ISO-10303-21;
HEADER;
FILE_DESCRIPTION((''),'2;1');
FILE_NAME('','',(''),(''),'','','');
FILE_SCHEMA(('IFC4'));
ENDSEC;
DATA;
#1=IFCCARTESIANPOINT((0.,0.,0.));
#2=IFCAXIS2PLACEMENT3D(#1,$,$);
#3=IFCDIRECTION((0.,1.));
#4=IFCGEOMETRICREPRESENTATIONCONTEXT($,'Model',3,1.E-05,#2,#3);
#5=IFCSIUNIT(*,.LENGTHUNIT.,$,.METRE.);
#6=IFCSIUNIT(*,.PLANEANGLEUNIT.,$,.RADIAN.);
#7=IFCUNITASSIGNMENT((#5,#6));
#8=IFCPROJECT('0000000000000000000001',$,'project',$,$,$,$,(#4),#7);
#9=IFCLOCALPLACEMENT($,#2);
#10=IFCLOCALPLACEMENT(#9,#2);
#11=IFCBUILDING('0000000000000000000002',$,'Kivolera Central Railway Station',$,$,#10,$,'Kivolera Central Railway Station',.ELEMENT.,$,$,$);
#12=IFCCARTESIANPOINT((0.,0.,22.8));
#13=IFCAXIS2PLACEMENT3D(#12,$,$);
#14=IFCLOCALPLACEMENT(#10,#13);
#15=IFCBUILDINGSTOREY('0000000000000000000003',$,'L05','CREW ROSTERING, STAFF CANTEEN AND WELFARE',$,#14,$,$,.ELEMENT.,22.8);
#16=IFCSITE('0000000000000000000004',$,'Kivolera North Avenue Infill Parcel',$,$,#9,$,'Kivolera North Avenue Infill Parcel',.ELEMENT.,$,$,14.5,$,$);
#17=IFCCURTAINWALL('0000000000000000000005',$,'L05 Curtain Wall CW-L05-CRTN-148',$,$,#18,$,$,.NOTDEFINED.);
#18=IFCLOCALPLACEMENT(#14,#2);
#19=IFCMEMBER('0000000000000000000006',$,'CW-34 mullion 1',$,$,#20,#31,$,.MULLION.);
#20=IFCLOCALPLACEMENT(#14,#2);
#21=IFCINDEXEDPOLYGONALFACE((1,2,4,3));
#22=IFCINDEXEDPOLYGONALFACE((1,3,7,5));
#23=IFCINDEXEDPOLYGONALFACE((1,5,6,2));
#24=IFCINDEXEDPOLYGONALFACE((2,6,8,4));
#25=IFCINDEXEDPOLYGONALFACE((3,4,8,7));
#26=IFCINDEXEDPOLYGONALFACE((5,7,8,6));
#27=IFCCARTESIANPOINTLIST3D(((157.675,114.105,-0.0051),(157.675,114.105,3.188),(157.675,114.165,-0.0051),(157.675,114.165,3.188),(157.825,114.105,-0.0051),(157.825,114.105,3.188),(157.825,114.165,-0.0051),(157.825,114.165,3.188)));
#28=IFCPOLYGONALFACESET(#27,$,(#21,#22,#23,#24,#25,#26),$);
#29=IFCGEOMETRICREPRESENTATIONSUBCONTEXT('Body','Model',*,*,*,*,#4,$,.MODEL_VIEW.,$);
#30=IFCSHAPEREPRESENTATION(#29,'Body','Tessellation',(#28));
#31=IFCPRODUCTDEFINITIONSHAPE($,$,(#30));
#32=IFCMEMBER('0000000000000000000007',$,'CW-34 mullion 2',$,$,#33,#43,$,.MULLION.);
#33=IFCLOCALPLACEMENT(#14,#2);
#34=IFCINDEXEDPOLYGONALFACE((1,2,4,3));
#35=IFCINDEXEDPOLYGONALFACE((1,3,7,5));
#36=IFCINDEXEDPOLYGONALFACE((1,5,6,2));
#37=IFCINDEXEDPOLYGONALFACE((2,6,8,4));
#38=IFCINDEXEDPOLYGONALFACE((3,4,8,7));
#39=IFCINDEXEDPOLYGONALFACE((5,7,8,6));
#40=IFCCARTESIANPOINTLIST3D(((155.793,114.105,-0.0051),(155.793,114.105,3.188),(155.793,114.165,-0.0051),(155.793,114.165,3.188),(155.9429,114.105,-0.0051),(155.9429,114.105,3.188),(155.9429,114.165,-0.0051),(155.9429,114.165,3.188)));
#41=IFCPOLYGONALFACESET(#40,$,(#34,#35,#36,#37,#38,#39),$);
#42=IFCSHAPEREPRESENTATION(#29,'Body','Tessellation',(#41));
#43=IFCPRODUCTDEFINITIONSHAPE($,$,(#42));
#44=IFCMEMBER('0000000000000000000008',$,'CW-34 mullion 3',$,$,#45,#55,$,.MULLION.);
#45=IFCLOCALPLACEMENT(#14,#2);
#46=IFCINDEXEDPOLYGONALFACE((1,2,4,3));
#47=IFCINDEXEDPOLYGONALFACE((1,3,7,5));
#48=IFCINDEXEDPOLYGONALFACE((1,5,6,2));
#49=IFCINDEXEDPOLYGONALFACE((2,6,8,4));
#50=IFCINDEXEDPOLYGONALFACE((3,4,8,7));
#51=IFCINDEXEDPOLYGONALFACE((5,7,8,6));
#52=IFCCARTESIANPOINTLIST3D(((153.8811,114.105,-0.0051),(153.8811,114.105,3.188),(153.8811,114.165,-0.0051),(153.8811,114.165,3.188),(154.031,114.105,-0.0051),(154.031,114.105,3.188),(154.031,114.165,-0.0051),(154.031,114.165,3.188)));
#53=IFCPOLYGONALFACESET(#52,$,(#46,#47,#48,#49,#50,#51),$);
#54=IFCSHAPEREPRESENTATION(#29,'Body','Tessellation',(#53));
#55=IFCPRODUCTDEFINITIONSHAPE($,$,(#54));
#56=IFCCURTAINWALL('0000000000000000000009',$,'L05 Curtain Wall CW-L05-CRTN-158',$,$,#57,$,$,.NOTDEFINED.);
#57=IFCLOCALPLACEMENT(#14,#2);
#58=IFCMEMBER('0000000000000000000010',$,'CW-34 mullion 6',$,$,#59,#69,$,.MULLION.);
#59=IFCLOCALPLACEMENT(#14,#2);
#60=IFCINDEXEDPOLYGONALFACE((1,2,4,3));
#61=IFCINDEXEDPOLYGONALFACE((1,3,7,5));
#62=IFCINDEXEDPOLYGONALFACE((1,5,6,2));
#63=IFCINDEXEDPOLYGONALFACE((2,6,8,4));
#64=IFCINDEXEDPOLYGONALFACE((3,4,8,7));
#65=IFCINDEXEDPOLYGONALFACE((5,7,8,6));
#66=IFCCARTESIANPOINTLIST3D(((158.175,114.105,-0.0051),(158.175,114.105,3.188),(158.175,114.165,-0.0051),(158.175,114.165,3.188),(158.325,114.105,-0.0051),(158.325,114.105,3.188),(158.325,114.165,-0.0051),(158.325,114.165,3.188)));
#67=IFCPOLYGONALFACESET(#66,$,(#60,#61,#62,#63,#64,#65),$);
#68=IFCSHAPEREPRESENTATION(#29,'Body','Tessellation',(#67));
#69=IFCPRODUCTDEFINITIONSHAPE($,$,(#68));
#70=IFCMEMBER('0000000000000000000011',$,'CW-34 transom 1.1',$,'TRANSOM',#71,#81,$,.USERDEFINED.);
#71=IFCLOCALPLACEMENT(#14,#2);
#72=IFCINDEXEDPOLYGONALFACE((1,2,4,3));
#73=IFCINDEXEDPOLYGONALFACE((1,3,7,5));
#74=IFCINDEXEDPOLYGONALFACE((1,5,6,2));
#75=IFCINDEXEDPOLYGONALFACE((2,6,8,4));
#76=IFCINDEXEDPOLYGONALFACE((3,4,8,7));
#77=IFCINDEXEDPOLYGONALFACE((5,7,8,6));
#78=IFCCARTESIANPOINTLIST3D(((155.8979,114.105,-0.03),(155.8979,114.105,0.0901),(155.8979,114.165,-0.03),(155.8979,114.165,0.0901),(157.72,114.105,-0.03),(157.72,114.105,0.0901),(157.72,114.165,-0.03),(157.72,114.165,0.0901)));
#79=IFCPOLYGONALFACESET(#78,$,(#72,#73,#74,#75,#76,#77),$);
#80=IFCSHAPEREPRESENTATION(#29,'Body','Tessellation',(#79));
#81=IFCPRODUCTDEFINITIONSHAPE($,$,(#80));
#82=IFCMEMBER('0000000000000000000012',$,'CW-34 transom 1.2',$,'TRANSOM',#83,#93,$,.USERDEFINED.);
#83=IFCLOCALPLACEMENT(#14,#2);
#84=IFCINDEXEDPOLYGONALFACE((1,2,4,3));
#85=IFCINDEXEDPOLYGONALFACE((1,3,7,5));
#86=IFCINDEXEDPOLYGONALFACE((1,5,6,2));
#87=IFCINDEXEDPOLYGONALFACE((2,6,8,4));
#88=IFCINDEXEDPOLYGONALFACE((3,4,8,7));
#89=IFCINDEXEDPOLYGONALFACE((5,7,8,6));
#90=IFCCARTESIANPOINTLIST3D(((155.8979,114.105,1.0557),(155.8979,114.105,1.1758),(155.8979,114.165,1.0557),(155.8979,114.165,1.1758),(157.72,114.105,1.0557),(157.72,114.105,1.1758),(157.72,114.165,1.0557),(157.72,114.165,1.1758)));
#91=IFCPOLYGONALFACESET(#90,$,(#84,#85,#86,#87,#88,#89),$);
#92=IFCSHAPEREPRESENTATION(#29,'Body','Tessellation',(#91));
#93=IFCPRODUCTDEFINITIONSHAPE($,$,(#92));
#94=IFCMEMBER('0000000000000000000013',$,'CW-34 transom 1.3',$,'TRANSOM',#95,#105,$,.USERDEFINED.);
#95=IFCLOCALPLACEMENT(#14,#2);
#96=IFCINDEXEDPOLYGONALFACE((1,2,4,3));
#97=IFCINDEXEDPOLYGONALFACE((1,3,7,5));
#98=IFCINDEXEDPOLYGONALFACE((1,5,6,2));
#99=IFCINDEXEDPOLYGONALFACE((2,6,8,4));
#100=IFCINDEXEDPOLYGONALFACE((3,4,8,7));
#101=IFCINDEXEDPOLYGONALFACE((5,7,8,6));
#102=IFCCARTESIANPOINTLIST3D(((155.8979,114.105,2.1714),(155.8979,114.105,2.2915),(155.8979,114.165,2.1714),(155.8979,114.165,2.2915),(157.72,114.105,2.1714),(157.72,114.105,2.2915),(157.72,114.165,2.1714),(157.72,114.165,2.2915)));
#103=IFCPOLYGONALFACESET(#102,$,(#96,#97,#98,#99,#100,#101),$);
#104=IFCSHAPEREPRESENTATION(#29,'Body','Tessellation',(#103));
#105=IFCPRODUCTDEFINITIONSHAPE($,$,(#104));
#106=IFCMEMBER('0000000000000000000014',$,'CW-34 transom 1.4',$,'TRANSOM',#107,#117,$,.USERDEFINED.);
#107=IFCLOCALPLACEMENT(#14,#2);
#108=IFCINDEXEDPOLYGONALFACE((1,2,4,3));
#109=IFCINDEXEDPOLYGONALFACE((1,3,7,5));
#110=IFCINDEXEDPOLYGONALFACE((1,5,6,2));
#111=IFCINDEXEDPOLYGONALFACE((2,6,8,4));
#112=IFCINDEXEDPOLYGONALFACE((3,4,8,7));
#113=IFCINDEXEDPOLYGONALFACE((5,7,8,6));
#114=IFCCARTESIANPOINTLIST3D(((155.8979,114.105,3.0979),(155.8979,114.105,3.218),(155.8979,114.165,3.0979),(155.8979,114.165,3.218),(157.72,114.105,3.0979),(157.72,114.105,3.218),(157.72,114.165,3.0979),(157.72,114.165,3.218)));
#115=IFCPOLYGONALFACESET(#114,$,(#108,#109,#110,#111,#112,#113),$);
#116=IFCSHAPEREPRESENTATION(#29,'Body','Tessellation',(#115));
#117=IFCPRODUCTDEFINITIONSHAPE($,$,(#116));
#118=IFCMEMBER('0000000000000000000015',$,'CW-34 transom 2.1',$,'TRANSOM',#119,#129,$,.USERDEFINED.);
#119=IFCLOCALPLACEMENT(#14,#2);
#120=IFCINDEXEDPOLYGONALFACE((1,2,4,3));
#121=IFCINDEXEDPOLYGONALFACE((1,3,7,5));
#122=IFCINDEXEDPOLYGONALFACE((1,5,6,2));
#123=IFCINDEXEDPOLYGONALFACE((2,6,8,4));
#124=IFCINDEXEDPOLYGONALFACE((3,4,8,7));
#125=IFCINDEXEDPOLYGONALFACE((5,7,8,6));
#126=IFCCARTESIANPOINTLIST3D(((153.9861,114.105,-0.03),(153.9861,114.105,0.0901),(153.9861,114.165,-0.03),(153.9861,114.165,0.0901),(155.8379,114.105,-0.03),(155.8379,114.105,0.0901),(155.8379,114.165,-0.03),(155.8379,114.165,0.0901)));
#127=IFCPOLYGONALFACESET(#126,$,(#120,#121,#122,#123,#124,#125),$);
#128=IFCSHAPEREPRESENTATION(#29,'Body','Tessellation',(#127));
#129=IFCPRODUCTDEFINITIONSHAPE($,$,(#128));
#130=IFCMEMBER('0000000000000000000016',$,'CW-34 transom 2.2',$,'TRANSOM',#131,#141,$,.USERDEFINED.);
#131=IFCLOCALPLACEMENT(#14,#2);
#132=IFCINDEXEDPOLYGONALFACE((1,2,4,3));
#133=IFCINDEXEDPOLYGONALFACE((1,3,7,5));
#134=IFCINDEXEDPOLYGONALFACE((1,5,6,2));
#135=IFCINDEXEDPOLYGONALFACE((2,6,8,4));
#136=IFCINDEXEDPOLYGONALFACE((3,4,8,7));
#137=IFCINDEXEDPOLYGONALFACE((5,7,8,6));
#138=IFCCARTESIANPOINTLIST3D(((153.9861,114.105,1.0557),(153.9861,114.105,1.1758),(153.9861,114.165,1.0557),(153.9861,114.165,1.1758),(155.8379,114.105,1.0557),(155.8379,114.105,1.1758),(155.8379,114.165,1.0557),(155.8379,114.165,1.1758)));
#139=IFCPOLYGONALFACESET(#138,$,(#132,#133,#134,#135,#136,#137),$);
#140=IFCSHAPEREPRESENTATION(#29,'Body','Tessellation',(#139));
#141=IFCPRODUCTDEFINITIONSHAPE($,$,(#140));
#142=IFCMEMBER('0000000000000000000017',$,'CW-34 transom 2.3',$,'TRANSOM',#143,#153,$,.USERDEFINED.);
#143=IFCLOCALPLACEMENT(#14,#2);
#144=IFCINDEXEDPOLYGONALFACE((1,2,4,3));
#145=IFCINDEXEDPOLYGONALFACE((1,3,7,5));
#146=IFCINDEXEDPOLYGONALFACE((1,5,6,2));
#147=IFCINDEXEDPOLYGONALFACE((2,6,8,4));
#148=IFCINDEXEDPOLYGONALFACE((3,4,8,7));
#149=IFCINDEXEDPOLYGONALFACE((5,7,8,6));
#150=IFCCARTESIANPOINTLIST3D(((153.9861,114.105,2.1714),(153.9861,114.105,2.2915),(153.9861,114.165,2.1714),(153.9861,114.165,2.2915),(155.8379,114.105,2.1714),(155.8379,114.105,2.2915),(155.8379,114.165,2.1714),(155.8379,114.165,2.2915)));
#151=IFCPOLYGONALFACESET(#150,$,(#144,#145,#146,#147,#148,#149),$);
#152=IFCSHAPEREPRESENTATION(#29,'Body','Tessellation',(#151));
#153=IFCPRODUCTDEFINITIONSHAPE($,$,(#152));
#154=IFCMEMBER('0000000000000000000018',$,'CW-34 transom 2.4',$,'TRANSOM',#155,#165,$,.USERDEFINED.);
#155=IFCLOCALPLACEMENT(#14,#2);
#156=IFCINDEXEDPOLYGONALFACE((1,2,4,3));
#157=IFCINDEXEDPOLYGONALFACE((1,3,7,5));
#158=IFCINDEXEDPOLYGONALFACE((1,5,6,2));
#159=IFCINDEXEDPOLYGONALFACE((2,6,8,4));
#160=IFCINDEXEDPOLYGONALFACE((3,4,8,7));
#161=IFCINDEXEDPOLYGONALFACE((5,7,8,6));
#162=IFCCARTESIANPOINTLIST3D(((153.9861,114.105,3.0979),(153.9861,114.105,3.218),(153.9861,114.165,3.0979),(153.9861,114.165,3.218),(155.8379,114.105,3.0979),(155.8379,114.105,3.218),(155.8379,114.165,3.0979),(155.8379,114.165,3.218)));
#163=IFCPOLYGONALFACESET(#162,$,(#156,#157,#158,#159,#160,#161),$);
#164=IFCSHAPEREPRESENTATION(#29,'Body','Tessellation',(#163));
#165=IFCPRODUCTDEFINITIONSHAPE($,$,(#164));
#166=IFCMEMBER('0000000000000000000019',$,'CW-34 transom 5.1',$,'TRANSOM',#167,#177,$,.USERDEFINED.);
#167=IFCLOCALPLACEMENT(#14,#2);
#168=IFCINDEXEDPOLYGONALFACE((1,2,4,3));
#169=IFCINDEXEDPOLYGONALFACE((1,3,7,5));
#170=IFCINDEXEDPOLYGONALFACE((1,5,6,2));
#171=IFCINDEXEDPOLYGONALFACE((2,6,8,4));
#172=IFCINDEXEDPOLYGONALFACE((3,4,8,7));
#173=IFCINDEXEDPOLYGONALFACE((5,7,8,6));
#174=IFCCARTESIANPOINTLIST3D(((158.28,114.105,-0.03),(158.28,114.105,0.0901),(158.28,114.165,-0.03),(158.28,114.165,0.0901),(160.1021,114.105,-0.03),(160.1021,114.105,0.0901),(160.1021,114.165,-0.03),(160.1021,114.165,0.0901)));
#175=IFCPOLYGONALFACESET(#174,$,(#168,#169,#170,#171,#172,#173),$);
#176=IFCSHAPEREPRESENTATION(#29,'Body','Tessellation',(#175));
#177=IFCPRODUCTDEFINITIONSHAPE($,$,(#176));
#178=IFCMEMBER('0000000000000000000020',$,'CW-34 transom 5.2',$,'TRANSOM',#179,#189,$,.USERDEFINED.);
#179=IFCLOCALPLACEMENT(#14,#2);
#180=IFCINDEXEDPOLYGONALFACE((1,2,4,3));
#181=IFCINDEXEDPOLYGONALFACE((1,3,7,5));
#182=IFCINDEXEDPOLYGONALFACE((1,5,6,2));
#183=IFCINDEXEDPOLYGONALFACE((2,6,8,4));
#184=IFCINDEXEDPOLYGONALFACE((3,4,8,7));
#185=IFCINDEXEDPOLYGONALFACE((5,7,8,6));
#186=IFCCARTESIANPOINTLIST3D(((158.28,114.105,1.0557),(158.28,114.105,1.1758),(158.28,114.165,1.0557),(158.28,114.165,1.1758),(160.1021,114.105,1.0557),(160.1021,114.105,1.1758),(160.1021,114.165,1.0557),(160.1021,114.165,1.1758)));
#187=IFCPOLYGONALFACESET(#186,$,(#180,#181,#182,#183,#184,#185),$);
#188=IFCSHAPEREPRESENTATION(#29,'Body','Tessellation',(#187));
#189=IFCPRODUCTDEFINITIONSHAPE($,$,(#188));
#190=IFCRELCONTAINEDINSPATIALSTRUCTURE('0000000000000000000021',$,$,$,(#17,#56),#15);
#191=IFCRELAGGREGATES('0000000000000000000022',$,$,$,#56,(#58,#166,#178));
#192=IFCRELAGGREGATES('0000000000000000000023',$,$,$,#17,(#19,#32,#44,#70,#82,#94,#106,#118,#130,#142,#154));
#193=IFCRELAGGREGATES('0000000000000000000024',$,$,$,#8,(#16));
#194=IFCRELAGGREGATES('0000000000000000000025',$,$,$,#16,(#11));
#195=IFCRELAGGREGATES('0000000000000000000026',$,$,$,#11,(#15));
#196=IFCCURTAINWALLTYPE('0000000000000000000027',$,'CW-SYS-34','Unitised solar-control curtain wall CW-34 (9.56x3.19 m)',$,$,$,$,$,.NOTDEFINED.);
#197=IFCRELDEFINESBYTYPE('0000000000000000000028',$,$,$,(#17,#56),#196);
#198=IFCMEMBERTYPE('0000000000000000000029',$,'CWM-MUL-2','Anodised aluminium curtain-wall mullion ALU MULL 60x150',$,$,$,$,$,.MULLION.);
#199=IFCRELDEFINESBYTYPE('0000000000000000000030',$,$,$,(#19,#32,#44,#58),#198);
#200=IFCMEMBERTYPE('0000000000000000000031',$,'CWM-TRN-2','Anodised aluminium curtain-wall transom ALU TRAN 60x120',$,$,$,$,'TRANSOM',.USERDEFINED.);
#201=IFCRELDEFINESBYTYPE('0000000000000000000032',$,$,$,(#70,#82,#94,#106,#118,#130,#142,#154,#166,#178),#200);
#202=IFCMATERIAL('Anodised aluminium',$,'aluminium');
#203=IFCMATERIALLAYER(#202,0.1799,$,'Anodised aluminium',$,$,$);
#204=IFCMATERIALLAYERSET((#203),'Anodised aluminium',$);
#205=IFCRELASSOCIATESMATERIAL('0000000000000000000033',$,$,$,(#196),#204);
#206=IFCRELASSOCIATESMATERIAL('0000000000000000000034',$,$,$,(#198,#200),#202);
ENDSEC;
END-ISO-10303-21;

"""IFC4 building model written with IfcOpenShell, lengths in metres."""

from ifc_helpers import new_model, si_unit, direction, frame, origin, origin_2d, place, context, subcontext, project, spatial, rectangle, extrude, material, layer, layer_set, material_profile, profile_set, type_object, element, aggregate, save


model = new_model("IFC4")

# Units and contexts
model_context = context("Model", 3, precision=1e-05, world=origin(), true_north=direction((0.0, 1.0)))
body_context = subcontext(model_context, "Body", "Model", "MODEL_VIEW")
ifc_project = project(units=[si_unit("LENGTHUNIT", "METRE"), si_unit("PLANEANGLEUNIT", "RADIAN")], contexts=[model_context])

# Site, building, storey
site_placement = place(None, origin())
site = spatial("IfcSite", under=ifc_project, at=site_placement, Name="Kivolera North Avenue Infill Parcel", LongName="Kivolera North Avenue Infill Parcel", CompositionType="ELEMENT", RefElevation=14.5)
building_placement = place(site_placement, origin())
building = spatial("IfcBuilding", under=site, at=building_placement, Name="Kivolera Central Railway Station", LongName="Kivolera Central Railway Station", CompositionType="ELEMENT")
storey_placement = place(building_placement, frame((0.0, 0.0, 22.8)))
storey = spatial("IfcBuildingStorey", under=building, at=storey_placement, Name="L05", Description="CREW ROSTERING, STAFF CANTEEN AND WELFARE", CompositionType="ELEMENT", Elevation=22.8)

# Curtain wall, members
ifc_material_1 = material(Name="Anodised aluminium", Category="aluminium")
ifc_layer_1 = layer(ifc_material_1, 0.1799, Name="Anodised aluminium")
ifc_layer_set_1 = layer_set([ifc_layer_1], Name="Anodised aluminium")
curtain_wall_type = type_object("IfcCurtainWallType", Name="CW-SYS-34", Description="Unitised solar-control curtain wall CW-34 (9.56x3.19 m)", PredefinedType="NOTDEFINED", material=ifc_layer_set_1)
curtain_wall_1_placement = place(storey_placement, origin())
curtain_wall_1 = element("IfcCurtainWall", 1, at=curtain_wall_1_placement, inside=storey, type_object=curtain_wall_type, Name="L05 Curtain Wall CW-L05-CRTN-148", PredefinedType="NOTDEFINED")
ifc_material_profile_1 = material_profile(ifc_material_1, rectangle(XDim=0.0601, YDim=0.1499, at=origin_2d()), Name="ALU MULL 60x150")
ifc_profile_set_1 = profile_set([ifc_material_profile_1], Name="Anodised aluminium")
member_type_1 = type_object("IfcMemberType", Name="CWM-MUL-2", Description="Anodised aluminium curtain-wall mullion ALU MULL 60x150", PredefinedType="MULLION", material=ifc_profile_set_1)
member_1_placement = place(storey_placement, frame((157.75, 114.135, -0.0051), z_axis=(0.0, 0.0, 1.0), x_axis=(0.0, -1.0, 0.0)))
member_1 = element("IfcMember", 2, at=member_1_placement, type_object=member_type_1, Name="CW-34 mullion 1", PredefinedType="MULLION", context=body_context, shape_type="SweptSolid", body=[
    extrude(rectangle(XDim=0.0601, YDim=0.1499, at=origin_2d()), origin(), (0.0, 0.0, 1.0), 3.1931),
])
member_2_placement = place(storey_placement, frame((155.8679, 114.135, -0.0051), z_axis=(0.0, 0.0, 1.0), x_axis=(0.0, -1.0, 0.0)))
member_2 = element("IfcMember", 3, at=member_2_placement, type_object=member_type_1, Name="CW-34 mullion 2", PredefinedType="MULLION", context=body_context, shape_type="SweptSolid", body=[
    extrude(rectangle(XDim=0.0601, YDim=0.1499, at=origin_2d()), origin(), (0.0, 0.0, 1.0), 3.1931),
])
member_3_placement = place(storey_placement, frame((153.9561, 114.135, -0.0051), z_axis=(0.0, 0.0, 1.0), x_axis=(0.0, -1.0, 0.0)))
member_3 = element("IfcMember", 4, at=member_3_placement, type_object=member_type_1, Name="CW-34 mullion 3", PredefinedType="MULLION", context=body_context, shape_type="SweptSolid", body=[
    extrude(rectangle(XDim=0.0601, YDim=0.1499, at=origin_2d()), origin(), (0.0, 0.0, 1.0), 3.1931),
])

# Curtain wall, member
curtain_wall_2_placement = place(storey_placement, origin())
curtain_wall_2 = element("IfcCurtainWall", 5, at=curtain_wall_2_placement, inside=storey, type_object=curtain_wall_type, Name="L05 Curtain Wall CW-L05-CRTN-158", PredefinedType="NOTDEFINED")
member_4_placement = place(storey_placement, frame((158.25, 114.135, -0.0051), z_axis=(0.0, 0.0, 1.0), x_axis=(0.0, -1.0, 0.0)))
member_4 = element("IfcMember", 6, at=member_4_placement, type_object=member_type_1, Name="CW-34 mullion 6", PredefinedType="MULLION", context=body_context, shape_type="SweptSolid", body=[
    extrude(rectangle(XDim=0.0601, YDim=0.1499, at=origin_2d()), origin(), (0.0, 0.0, 1.0), 3.1931),
])

# Members
ifc_material_profile_2 = material_profile(ifc_material_1, rectangle(XDim=0.0601, YDim=0.1201, at=origin_2d()), Name="ALU TRAN 60x120")
ifc_profile_set_2 = profile_set([ifc_material_profile_2], Name="Anodised aluminium")
member_type_2 = type_object("IfcMemberType", Name="CWM-TRN-2", Description="Anodised aluminium curtain-wall transom ALU TRAN 60x120", ElementType="TRANSOM", PredefinedType="USERDEFINED", material=ifc_profile_set_2)
member_5_placement = place(storey_placement, frame((157.72, 114.135, 0.03), z_axis=(-1.0, 0.0, 0.0), x_axis=(0.0, -1.0, 0.0)))
member_5 = element("IfcMember", 7, at=member_5_placement, type_object=member_type_2, Name="CW-34 transom 1.1", ObjectType="TRANSOM", PredefinedType="USERDEFINED", context=body_context, shape_type="SweptSolid", body=[
    extrude(rectangle(XDim=0.0601, YDim=0.1201, at=origin_2d()), origin(), (0.0, 0.0, 1.0), 1.822),
])
member_6_placement = place(storey_placement, frame((157.72, 114.135, 1.1157), z_axis=(-1.0, 0.0, 0.0), x_axis=(0.0, -1.0, 0.0)))
member_6 = element("IfcMember", 8, at=member_6_placement, type_object=member_type_2, Name="CW-34 transom 1.2", ObjectType="TRANSOM", PredefinedType="USERDEFINED", context=body_context, shape_type="SweptSolid", body=[
    extrude(rectangle(XDim=0.0601, YDim=0.1201, at=origin_2d()), origin(), (0.0, 0.0, 1.0), 1.822),
])
member_7_placement = place(storey_placement, frame((157.72, 114.135, 2.2314), z_axis=(-1.0, 0.0, 0.0), x_axis=(0.0, -1.0, 0.0)))
member_7 = element("IfcMember", 9, at=member_7_placement, type_object=member_type_2, Name="CW-34 transom 1.3", ObjectType="TRANSOM", PredefinedType="USERDEFINED", context=body_context, shape_type="SweptSolid", body=[
    extrude(rectangle(XDim=0.0601, YDim=0.1201, at=origin_2d()), origin(), (0.0, 0.0, 1.0), 1.822),
])
member_8_placement = place(storey_placement, frame((157.72, 114.135, 3.158), z_axis=(-1.0, 0.0, 0.0), x_axis=(0.0, -1.0, 0.0)))
member_8 = element("IfcMember", 10, at=member_8_placement, type_object=member_type_2, Name="CW-34 transom 1.4", ObjectType="TRANSOM", PredefinedType="USERDEFINED", context=body_context, shape_type="SweptSolid", body=[
    extrude(rectangle(XDim=0.0601, YDim=0.1201, at=origin_2d()), origin(), (0.0, 0.0, 1.0), 1.822),
])
member_9_placement = place(storey_placement, frame((155.8379, 114.135, 0.03), z_axis=(-1.0, 0.0, 0.0), x_axis=(0.0, -1.0, 0.0)))
member_9 = element("IfcMember", 11, at=member_9_placement, type_object=member_type_2, Name="CW-34 transom 2.1", ObjectType="TRANSOM", PredefinedType="USERDEFINED", context=body_context, shape_type="SweptSolid", body=[
    extrude(rectangle(XDim=0.0601, YDim=0.1201, at=origin_2d()), origin(), (0.0, 0.0, 1.0), 1.8518),
])
member_10_placement = place(storey_placement, frame((155.8379, 114.135, 1.1157), z_axis=(-1.0, 0.0, 0.0), x_axis=(0.0, -1.0, 0.0)))
member_10 = element("IfcMember", 12, at=member_10_placement, type_object=member_type_2, Name="CW-34 transom 2.2", ObjectType="TRANSOM", PredefinedType="USERDEFINED", context=body_context, shape_type="SweptSolid", body=[
    extrude(rectangle(XDim=0.0601, YDim=0.1201, at=origin_2d()), origin(), (0.0, 0.0, 1.0), 1.8518),
])
member_11_placement = place(storey_placement, frame((155.8379, 114.135, 2.2314), z_axis=(-1.0, 0.0, 0.0), x_axis=(0.0, -1.0, 0.0)))
member_11 = element("IfcMember", 13, at=member_11_placement, type_object=member_type_2, Name="CW-34 transom 2.3", ObjectType="TRANSOM", PredefinedType="USERDEFINED", context=body_context, shape_type="SweptSolid", body=[
    extrude(rectangle(XDim=0.0601, YDim=0.1201, at=origin_2d()), origin(), (0.0, 0.0, 1.0), 1.8518),
])
member_12_placement = place(storey_placement, frame((155.8379, 114.135, 3.158), z_axis=(-1.0, 0.0, 0.0), x_axis=(0.0, -1.0, 0.0)))
member_12 = element("IfcMember", 14, at=member_12_placement, type_object=member_type_2, Name="CW-34 transom 2.4", ObjectType="TRANSOM", PredefinedType="USERDEFINED", context=body_context, shape_type="SweptSolid", body=[
    extrude(rectangle(XDim=0.0601, YDim=0.1201, at=origin_2d()), origin(), (0.0, 0.0, 1.0), 1.8518),
])
member_13_placement = place(storey_placement, frame((160.1021, 114.135, 0.03), z_axis=(-1.0, 0.0, 0.0), x_axis=(0.0, -1.0, 0.0)))
member_13 = element("IfcMember", 15, at=member_13_placement, type_object=member_type_2, Name="CW-34 transom 5.1", ObjectType="TRANSOM", PredefinedType="USERDEFINED", context=body_context, shape_type="SweptSolid", body=[
    extrude(rectangle(XDim=0.0601, YDim=0.1201, at=origin_2d()), origin(), (0.0, 0.0, 1.0), 1.822),
])
member_14_placement = place(storey_placement, frame((160.1021, 114.135, 1.1157), z_axis=(-1.0, 0.0, 0.0), x_axis=(0.0, -1.0, 0.0)))
member_14 = element("IfcMember", 16, at=member_14_placement, type_object=member_type_2, Name="CW-34 transom 5.2", ObjectType="TRANSOM", PredefinedType="USERDEFINED", context=body_context, shape_type="SweptSolid", body=[
    extrude(rectangle(XDim=0.0601, YDim=0.1201, at=origin_2d()), origin(), (0.0, 0.0, 1.0), 1.822),
])

aggregate(curtain_wall_2, [member_4, member_13, member_14])
aggregate(curtain_wall_1, [member_1, member_2, member_3, member_5, member_6, member_7, member_8, member_9, member_10, member_11, member_12])

save(model, "model.ifc")
